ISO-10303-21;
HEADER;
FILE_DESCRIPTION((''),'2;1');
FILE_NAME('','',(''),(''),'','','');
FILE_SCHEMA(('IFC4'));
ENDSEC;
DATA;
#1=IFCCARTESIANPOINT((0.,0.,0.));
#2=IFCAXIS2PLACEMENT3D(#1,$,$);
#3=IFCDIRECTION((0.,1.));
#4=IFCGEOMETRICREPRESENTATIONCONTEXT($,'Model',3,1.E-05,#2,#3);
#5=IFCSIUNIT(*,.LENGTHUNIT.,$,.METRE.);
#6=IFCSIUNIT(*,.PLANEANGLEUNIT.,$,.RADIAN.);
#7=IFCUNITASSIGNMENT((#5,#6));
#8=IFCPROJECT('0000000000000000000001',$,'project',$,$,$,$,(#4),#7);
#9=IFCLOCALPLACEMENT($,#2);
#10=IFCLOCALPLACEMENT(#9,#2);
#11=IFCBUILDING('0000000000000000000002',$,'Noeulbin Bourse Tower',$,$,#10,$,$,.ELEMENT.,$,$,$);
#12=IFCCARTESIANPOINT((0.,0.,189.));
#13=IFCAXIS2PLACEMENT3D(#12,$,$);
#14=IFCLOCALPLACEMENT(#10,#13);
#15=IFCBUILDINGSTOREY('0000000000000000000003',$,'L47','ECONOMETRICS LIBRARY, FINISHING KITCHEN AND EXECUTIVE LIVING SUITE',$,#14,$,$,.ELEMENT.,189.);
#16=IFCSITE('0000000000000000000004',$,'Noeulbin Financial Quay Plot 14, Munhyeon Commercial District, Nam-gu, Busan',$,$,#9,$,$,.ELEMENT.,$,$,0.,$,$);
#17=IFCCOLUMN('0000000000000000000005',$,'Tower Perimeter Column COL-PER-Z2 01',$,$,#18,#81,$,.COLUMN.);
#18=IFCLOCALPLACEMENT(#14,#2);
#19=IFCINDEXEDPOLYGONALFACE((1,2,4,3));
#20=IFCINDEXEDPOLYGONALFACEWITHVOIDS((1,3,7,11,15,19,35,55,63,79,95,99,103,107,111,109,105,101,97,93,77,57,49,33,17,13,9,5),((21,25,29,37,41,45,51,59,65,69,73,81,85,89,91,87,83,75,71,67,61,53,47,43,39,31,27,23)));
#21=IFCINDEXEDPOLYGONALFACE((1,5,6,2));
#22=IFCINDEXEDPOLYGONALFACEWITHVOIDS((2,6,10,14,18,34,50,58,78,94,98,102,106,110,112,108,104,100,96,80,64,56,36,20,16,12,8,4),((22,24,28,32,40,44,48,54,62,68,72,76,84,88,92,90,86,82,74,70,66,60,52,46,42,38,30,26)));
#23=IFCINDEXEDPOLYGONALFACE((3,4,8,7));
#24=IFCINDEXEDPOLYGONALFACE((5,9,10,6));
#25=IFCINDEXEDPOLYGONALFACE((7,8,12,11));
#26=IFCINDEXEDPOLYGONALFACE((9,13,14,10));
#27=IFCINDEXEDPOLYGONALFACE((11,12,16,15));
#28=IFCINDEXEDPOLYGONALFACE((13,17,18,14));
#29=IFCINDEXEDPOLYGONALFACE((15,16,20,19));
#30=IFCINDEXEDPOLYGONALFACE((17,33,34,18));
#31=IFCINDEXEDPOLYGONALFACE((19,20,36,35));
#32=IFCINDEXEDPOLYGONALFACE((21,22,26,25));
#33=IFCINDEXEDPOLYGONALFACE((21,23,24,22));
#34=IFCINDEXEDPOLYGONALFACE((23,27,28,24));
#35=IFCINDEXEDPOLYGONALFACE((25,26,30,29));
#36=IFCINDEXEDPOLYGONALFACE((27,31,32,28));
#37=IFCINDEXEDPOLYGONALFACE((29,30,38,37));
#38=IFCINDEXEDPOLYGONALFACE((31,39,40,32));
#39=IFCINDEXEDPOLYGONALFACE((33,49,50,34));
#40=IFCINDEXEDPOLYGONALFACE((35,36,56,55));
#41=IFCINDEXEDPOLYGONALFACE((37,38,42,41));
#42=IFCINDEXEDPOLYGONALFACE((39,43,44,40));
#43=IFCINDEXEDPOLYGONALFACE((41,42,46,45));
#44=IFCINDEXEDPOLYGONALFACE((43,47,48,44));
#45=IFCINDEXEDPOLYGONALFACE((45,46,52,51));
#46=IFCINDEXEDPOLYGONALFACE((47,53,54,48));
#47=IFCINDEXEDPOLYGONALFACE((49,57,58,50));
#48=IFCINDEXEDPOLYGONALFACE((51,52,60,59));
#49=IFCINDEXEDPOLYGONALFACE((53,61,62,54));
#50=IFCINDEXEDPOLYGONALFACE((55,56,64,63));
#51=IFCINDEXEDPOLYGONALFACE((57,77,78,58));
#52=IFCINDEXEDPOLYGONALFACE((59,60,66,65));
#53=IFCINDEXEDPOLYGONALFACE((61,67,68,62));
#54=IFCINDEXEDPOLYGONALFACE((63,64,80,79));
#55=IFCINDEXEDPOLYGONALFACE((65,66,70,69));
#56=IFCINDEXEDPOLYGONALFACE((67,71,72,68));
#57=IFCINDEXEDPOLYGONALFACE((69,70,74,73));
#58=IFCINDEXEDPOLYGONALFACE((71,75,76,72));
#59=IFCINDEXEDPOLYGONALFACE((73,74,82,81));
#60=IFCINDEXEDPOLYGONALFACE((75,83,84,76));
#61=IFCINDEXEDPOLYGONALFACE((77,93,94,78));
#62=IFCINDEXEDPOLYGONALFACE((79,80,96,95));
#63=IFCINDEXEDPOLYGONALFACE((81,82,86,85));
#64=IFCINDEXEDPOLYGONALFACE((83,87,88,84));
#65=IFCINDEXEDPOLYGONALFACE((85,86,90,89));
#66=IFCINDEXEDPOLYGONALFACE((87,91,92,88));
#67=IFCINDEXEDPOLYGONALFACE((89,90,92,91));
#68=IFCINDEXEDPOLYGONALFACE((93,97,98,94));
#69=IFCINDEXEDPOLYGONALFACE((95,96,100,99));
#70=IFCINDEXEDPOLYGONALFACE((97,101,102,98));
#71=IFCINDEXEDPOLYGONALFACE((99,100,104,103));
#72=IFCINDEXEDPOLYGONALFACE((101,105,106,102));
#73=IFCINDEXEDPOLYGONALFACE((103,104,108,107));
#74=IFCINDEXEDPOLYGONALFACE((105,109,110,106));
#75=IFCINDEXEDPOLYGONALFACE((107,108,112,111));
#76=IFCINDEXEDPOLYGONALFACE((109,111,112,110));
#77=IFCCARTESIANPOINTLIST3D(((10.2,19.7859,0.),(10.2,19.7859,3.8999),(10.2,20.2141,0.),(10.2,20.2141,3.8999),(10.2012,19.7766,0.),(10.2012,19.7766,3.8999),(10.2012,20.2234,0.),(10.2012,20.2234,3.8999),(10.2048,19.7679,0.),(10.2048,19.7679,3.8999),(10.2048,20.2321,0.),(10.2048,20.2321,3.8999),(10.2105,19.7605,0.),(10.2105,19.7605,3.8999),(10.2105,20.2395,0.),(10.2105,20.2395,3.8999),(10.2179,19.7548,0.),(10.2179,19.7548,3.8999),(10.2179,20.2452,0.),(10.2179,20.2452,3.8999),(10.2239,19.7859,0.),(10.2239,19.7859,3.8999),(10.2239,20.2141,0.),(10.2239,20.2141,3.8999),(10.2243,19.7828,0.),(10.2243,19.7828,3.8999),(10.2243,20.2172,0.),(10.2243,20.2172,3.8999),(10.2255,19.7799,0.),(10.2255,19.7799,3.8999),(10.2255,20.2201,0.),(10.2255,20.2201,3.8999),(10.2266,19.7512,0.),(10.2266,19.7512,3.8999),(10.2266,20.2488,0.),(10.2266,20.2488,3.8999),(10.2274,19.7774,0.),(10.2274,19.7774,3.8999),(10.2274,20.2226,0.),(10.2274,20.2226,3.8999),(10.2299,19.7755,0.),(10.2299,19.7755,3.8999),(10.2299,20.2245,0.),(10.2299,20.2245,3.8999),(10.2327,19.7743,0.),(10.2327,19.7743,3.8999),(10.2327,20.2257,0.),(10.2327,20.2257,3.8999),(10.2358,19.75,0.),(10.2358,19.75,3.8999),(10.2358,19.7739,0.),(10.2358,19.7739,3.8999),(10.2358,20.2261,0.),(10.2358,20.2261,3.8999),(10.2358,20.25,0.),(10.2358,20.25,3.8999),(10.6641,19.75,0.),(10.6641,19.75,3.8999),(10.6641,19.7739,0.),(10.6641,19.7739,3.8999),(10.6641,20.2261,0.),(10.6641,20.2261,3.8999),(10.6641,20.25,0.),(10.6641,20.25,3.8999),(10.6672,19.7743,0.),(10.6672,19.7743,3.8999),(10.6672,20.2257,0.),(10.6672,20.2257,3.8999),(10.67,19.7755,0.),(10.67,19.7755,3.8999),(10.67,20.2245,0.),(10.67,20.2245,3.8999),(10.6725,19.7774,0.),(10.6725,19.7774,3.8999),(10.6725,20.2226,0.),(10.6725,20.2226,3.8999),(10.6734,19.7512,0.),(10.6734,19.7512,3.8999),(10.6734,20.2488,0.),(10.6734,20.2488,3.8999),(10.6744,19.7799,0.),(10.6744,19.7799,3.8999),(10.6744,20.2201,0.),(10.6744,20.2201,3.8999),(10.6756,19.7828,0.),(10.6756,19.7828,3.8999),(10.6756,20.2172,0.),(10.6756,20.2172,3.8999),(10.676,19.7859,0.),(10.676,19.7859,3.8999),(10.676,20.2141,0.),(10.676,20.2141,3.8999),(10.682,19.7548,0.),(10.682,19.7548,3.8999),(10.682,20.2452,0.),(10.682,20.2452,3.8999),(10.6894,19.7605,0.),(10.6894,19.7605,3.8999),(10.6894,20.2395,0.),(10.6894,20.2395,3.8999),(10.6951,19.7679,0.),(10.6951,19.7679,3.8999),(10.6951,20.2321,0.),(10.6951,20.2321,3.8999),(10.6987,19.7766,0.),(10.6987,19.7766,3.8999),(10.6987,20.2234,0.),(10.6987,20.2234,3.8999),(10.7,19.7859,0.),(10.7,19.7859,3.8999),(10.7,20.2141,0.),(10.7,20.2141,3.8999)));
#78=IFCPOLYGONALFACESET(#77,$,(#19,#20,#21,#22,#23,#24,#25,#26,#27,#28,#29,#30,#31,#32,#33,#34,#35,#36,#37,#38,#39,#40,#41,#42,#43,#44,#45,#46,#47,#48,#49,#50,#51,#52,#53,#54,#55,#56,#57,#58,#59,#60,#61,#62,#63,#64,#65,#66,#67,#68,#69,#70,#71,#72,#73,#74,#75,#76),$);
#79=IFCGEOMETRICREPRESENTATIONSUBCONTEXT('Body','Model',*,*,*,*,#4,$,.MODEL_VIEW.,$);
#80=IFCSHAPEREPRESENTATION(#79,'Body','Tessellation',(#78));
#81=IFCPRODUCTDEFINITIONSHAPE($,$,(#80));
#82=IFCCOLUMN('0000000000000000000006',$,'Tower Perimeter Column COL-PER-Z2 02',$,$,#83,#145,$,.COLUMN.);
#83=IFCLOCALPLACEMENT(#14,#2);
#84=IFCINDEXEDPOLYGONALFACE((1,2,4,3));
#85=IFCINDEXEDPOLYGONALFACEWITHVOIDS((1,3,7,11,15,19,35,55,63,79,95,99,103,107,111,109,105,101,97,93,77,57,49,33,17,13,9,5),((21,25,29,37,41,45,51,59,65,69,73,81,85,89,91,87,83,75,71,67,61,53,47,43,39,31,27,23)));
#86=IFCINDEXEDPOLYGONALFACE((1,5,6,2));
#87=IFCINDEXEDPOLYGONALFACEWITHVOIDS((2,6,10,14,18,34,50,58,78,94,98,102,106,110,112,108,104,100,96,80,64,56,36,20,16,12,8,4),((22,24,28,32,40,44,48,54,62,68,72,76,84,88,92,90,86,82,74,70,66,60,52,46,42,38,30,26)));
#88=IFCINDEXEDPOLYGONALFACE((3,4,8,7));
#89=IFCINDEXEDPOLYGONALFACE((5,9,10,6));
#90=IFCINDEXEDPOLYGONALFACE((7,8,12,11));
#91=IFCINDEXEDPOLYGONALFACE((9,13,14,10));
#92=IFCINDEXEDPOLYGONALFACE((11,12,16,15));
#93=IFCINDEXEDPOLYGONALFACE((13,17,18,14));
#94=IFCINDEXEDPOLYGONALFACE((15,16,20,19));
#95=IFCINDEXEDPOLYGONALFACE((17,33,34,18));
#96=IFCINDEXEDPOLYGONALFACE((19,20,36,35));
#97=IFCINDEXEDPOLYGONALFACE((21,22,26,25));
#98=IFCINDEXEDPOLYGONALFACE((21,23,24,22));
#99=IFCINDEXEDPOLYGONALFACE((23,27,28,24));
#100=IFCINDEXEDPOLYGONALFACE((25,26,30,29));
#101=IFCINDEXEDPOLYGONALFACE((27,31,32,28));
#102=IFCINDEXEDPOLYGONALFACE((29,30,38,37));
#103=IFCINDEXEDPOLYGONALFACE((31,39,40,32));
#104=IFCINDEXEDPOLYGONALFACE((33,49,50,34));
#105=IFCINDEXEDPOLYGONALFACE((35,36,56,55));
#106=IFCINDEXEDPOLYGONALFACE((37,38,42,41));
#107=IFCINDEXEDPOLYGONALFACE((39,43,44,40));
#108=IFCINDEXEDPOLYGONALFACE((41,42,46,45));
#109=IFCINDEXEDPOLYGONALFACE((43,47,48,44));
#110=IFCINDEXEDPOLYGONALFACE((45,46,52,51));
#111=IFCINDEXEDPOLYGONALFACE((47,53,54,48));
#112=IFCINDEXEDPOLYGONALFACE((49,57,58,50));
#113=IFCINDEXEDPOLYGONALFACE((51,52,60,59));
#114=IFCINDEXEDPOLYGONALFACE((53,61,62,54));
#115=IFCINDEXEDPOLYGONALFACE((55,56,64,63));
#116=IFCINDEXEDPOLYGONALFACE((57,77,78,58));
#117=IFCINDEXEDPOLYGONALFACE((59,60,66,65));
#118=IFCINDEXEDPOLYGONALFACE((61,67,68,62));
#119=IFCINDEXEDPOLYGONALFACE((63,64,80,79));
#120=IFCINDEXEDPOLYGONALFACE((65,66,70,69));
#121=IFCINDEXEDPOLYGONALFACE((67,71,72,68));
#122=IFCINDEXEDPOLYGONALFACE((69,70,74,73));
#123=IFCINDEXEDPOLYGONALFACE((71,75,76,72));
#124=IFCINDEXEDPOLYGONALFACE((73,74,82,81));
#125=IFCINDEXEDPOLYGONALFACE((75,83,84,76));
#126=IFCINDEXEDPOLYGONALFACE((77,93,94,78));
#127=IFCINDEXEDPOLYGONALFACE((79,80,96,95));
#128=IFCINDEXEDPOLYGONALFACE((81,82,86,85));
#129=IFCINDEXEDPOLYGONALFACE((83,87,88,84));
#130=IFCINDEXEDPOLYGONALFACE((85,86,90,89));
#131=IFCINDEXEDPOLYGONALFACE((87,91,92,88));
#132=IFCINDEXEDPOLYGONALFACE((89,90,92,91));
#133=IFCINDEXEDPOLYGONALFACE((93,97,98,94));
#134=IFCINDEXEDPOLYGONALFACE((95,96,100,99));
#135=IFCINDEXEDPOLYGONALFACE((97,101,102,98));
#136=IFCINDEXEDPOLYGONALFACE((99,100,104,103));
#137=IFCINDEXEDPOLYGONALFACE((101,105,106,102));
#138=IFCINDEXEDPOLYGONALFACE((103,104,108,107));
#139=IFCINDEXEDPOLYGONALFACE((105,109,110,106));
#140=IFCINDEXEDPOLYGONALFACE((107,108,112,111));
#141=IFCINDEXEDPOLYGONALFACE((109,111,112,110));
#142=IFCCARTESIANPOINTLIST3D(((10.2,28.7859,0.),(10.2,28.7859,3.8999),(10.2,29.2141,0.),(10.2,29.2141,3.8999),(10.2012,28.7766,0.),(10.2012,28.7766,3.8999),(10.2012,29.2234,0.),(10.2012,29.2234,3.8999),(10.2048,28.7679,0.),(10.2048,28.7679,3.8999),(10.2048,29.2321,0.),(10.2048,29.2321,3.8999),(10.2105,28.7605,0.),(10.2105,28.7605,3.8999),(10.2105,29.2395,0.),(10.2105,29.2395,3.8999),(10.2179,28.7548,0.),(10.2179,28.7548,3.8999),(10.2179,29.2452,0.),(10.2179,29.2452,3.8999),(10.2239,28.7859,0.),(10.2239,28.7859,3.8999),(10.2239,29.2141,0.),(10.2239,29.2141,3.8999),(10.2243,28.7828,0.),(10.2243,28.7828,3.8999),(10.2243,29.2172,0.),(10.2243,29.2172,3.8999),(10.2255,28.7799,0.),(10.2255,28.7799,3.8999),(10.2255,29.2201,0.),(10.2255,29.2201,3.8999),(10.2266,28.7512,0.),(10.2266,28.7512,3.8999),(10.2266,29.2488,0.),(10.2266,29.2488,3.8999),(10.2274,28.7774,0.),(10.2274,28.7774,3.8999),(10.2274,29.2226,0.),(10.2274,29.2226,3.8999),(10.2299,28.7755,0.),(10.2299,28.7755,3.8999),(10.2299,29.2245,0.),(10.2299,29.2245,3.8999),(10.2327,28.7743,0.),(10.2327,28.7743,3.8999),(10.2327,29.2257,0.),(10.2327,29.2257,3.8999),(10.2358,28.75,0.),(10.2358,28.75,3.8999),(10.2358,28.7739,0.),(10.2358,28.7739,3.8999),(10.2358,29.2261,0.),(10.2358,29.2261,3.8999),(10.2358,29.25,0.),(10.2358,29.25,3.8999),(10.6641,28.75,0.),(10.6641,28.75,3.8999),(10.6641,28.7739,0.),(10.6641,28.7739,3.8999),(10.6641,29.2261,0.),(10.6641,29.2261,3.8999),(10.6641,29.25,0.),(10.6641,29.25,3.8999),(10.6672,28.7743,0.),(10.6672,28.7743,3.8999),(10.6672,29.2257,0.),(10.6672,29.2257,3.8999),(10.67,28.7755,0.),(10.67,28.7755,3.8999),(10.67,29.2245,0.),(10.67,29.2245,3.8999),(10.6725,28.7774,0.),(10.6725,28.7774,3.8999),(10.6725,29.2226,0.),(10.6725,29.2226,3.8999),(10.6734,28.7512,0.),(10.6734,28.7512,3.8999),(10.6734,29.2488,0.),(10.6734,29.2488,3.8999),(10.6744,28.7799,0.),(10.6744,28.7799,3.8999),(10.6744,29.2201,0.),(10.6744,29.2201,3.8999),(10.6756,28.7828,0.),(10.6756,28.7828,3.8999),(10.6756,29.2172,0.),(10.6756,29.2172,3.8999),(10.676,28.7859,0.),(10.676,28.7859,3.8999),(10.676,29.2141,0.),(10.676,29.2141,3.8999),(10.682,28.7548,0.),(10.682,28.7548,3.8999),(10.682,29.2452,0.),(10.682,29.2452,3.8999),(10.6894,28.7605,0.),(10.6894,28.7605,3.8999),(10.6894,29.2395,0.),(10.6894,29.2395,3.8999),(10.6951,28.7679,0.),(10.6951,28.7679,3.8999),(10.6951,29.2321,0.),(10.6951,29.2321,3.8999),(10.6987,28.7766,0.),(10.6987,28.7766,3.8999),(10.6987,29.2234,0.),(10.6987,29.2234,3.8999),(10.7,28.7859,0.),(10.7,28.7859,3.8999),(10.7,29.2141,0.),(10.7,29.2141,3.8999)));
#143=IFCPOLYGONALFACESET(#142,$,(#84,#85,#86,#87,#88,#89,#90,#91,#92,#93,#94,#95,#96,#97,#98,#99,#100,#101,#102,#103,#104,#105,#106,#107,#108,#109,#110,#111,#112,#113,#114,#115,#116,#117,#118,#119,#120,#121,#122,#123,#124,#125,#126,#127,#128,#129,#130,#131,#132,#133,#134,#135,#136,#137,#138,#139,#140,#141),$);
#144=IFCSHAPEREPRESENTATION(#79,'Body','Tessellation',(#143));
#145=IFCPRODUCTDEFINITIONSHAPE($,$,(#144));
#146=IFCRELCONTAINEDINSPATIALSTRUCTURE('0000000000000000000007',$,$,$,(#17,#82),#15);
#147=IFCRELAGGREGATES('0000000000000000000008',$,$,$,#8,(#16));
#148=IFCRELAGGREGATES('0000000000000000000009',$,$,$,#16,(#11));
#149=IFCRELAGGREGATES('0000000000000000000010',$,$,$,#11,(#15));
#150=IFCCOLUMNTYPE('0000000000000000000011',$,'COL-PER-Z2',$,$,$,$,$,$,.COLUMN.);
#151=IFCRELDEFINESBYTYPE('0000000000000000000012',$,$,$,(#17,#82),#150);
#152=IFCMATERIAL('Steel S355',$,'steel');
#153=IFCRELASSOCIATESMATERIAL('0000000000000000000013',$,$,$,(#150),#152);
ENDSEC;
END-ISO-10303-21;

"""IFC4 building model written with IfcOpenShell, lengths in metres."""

from ifc_helpers import new_model, si_unit, direction, frame, origin, origin_2d, place, context, subcontext, project, spatial, hollow_rectangle, extrude, material, material_profile, profile_set, type_object, element, save


model = new_model("IFC4")

# Units and contexts
model_context = context("Model", 3, precision=1e-05, world=origin(), true_north=direction((0.0, 1.0)))
body_context = subcontext(model_context, "Body", "Model", "MODEL_VIEW")
ifc_project = project(units=[si_unit("LENGTHUNIT", "METRE"), si_unit("PLANEANGLEUNIT", "RADIAN")], contexts=[model_context])

# Site, building, storey
site_placement = place(None, origin())
site = spatial("IfcSite", under=ifc_project, at=site_placement, Name="Noeulbin Financial Quay Plot 14, Munhyeon Commercial District, Nam-gu, Busan", CompositionType="ELEMENT", RefElevation=0.0)
building_placement = place(site_placement, origin())
building = spatial("IfcBuilding", under=site, at=building_placement, Name="Noeulbin Bourse Tower", CompositionType="ELEMENT")
storey_placement = place(building_placement, frame((0.0, 0.0, 189.0)))
storey = spatial("IfcBuildingStorey", under=building, at=storey_placement, Name="L47", Description="ECONOMETRICS LIBRARY, FINISHING KITCHEN AND EXECUTIVE LIVING SUITE", CompositionType="ELEMENT", Elevation=189.0)

# Columns
ifc_material_1 = material(Name="Steel S355", Category="steel")
ifc_material_profile_1 = material_profile(ifc_material_1, hollow_rectangle(XDim=0.5, YDim=0.5, WallThickness=0.0239, InnerFilletRadius=0.012, OuterFilletRadius=0.0359, at=origin_2d()), Name="BOX-500x500x24", Category="LoadBearing")
ifc_profile_set_1 = profile_set([ifc_material_profile_1], Name="Steel S355")
column_type_1 = type_object("IfcColumnType", Name="COL-PER-Z2", PredefinedType="COLUMN", material=ifc_profile_set_1)
for number, where, z_axis, x_axis, name in (
    (1, (10.45, 20.0, 0.0), (0.0, 0.0, 1.0), (1.0, 0.0, 0.0), "Tower Perimeter Column COL-PER-Z2 01"),
    (2, (10.45, 29.0, 0.0), (0.0, 0.0, 1.0), (1.0, 0.0, 0.0), "Tower Perimeter Column COL-PER-Z2 02"),
):
    element("IfcColumn", number, at=place(storey_placement, frame(where, z_axis=z_axis, x_axis=x_axis)), inside=storey, type_object=column_type_1, Name=name, PredefinedType="COLUMN", context=body_context, shape_type="SweptSolid", body=[
        extrude(hollow_rectangle(XDim=0.5, YDim=0.5, WallThickness=0.0239, InnerFilletRadius=0.012, OuterFilletRadius=0.0359, at=origin_2d()), origin(), (0.0, 0.0, 1.0), 3.8999),
    ])

save(model, "model.ifc")
